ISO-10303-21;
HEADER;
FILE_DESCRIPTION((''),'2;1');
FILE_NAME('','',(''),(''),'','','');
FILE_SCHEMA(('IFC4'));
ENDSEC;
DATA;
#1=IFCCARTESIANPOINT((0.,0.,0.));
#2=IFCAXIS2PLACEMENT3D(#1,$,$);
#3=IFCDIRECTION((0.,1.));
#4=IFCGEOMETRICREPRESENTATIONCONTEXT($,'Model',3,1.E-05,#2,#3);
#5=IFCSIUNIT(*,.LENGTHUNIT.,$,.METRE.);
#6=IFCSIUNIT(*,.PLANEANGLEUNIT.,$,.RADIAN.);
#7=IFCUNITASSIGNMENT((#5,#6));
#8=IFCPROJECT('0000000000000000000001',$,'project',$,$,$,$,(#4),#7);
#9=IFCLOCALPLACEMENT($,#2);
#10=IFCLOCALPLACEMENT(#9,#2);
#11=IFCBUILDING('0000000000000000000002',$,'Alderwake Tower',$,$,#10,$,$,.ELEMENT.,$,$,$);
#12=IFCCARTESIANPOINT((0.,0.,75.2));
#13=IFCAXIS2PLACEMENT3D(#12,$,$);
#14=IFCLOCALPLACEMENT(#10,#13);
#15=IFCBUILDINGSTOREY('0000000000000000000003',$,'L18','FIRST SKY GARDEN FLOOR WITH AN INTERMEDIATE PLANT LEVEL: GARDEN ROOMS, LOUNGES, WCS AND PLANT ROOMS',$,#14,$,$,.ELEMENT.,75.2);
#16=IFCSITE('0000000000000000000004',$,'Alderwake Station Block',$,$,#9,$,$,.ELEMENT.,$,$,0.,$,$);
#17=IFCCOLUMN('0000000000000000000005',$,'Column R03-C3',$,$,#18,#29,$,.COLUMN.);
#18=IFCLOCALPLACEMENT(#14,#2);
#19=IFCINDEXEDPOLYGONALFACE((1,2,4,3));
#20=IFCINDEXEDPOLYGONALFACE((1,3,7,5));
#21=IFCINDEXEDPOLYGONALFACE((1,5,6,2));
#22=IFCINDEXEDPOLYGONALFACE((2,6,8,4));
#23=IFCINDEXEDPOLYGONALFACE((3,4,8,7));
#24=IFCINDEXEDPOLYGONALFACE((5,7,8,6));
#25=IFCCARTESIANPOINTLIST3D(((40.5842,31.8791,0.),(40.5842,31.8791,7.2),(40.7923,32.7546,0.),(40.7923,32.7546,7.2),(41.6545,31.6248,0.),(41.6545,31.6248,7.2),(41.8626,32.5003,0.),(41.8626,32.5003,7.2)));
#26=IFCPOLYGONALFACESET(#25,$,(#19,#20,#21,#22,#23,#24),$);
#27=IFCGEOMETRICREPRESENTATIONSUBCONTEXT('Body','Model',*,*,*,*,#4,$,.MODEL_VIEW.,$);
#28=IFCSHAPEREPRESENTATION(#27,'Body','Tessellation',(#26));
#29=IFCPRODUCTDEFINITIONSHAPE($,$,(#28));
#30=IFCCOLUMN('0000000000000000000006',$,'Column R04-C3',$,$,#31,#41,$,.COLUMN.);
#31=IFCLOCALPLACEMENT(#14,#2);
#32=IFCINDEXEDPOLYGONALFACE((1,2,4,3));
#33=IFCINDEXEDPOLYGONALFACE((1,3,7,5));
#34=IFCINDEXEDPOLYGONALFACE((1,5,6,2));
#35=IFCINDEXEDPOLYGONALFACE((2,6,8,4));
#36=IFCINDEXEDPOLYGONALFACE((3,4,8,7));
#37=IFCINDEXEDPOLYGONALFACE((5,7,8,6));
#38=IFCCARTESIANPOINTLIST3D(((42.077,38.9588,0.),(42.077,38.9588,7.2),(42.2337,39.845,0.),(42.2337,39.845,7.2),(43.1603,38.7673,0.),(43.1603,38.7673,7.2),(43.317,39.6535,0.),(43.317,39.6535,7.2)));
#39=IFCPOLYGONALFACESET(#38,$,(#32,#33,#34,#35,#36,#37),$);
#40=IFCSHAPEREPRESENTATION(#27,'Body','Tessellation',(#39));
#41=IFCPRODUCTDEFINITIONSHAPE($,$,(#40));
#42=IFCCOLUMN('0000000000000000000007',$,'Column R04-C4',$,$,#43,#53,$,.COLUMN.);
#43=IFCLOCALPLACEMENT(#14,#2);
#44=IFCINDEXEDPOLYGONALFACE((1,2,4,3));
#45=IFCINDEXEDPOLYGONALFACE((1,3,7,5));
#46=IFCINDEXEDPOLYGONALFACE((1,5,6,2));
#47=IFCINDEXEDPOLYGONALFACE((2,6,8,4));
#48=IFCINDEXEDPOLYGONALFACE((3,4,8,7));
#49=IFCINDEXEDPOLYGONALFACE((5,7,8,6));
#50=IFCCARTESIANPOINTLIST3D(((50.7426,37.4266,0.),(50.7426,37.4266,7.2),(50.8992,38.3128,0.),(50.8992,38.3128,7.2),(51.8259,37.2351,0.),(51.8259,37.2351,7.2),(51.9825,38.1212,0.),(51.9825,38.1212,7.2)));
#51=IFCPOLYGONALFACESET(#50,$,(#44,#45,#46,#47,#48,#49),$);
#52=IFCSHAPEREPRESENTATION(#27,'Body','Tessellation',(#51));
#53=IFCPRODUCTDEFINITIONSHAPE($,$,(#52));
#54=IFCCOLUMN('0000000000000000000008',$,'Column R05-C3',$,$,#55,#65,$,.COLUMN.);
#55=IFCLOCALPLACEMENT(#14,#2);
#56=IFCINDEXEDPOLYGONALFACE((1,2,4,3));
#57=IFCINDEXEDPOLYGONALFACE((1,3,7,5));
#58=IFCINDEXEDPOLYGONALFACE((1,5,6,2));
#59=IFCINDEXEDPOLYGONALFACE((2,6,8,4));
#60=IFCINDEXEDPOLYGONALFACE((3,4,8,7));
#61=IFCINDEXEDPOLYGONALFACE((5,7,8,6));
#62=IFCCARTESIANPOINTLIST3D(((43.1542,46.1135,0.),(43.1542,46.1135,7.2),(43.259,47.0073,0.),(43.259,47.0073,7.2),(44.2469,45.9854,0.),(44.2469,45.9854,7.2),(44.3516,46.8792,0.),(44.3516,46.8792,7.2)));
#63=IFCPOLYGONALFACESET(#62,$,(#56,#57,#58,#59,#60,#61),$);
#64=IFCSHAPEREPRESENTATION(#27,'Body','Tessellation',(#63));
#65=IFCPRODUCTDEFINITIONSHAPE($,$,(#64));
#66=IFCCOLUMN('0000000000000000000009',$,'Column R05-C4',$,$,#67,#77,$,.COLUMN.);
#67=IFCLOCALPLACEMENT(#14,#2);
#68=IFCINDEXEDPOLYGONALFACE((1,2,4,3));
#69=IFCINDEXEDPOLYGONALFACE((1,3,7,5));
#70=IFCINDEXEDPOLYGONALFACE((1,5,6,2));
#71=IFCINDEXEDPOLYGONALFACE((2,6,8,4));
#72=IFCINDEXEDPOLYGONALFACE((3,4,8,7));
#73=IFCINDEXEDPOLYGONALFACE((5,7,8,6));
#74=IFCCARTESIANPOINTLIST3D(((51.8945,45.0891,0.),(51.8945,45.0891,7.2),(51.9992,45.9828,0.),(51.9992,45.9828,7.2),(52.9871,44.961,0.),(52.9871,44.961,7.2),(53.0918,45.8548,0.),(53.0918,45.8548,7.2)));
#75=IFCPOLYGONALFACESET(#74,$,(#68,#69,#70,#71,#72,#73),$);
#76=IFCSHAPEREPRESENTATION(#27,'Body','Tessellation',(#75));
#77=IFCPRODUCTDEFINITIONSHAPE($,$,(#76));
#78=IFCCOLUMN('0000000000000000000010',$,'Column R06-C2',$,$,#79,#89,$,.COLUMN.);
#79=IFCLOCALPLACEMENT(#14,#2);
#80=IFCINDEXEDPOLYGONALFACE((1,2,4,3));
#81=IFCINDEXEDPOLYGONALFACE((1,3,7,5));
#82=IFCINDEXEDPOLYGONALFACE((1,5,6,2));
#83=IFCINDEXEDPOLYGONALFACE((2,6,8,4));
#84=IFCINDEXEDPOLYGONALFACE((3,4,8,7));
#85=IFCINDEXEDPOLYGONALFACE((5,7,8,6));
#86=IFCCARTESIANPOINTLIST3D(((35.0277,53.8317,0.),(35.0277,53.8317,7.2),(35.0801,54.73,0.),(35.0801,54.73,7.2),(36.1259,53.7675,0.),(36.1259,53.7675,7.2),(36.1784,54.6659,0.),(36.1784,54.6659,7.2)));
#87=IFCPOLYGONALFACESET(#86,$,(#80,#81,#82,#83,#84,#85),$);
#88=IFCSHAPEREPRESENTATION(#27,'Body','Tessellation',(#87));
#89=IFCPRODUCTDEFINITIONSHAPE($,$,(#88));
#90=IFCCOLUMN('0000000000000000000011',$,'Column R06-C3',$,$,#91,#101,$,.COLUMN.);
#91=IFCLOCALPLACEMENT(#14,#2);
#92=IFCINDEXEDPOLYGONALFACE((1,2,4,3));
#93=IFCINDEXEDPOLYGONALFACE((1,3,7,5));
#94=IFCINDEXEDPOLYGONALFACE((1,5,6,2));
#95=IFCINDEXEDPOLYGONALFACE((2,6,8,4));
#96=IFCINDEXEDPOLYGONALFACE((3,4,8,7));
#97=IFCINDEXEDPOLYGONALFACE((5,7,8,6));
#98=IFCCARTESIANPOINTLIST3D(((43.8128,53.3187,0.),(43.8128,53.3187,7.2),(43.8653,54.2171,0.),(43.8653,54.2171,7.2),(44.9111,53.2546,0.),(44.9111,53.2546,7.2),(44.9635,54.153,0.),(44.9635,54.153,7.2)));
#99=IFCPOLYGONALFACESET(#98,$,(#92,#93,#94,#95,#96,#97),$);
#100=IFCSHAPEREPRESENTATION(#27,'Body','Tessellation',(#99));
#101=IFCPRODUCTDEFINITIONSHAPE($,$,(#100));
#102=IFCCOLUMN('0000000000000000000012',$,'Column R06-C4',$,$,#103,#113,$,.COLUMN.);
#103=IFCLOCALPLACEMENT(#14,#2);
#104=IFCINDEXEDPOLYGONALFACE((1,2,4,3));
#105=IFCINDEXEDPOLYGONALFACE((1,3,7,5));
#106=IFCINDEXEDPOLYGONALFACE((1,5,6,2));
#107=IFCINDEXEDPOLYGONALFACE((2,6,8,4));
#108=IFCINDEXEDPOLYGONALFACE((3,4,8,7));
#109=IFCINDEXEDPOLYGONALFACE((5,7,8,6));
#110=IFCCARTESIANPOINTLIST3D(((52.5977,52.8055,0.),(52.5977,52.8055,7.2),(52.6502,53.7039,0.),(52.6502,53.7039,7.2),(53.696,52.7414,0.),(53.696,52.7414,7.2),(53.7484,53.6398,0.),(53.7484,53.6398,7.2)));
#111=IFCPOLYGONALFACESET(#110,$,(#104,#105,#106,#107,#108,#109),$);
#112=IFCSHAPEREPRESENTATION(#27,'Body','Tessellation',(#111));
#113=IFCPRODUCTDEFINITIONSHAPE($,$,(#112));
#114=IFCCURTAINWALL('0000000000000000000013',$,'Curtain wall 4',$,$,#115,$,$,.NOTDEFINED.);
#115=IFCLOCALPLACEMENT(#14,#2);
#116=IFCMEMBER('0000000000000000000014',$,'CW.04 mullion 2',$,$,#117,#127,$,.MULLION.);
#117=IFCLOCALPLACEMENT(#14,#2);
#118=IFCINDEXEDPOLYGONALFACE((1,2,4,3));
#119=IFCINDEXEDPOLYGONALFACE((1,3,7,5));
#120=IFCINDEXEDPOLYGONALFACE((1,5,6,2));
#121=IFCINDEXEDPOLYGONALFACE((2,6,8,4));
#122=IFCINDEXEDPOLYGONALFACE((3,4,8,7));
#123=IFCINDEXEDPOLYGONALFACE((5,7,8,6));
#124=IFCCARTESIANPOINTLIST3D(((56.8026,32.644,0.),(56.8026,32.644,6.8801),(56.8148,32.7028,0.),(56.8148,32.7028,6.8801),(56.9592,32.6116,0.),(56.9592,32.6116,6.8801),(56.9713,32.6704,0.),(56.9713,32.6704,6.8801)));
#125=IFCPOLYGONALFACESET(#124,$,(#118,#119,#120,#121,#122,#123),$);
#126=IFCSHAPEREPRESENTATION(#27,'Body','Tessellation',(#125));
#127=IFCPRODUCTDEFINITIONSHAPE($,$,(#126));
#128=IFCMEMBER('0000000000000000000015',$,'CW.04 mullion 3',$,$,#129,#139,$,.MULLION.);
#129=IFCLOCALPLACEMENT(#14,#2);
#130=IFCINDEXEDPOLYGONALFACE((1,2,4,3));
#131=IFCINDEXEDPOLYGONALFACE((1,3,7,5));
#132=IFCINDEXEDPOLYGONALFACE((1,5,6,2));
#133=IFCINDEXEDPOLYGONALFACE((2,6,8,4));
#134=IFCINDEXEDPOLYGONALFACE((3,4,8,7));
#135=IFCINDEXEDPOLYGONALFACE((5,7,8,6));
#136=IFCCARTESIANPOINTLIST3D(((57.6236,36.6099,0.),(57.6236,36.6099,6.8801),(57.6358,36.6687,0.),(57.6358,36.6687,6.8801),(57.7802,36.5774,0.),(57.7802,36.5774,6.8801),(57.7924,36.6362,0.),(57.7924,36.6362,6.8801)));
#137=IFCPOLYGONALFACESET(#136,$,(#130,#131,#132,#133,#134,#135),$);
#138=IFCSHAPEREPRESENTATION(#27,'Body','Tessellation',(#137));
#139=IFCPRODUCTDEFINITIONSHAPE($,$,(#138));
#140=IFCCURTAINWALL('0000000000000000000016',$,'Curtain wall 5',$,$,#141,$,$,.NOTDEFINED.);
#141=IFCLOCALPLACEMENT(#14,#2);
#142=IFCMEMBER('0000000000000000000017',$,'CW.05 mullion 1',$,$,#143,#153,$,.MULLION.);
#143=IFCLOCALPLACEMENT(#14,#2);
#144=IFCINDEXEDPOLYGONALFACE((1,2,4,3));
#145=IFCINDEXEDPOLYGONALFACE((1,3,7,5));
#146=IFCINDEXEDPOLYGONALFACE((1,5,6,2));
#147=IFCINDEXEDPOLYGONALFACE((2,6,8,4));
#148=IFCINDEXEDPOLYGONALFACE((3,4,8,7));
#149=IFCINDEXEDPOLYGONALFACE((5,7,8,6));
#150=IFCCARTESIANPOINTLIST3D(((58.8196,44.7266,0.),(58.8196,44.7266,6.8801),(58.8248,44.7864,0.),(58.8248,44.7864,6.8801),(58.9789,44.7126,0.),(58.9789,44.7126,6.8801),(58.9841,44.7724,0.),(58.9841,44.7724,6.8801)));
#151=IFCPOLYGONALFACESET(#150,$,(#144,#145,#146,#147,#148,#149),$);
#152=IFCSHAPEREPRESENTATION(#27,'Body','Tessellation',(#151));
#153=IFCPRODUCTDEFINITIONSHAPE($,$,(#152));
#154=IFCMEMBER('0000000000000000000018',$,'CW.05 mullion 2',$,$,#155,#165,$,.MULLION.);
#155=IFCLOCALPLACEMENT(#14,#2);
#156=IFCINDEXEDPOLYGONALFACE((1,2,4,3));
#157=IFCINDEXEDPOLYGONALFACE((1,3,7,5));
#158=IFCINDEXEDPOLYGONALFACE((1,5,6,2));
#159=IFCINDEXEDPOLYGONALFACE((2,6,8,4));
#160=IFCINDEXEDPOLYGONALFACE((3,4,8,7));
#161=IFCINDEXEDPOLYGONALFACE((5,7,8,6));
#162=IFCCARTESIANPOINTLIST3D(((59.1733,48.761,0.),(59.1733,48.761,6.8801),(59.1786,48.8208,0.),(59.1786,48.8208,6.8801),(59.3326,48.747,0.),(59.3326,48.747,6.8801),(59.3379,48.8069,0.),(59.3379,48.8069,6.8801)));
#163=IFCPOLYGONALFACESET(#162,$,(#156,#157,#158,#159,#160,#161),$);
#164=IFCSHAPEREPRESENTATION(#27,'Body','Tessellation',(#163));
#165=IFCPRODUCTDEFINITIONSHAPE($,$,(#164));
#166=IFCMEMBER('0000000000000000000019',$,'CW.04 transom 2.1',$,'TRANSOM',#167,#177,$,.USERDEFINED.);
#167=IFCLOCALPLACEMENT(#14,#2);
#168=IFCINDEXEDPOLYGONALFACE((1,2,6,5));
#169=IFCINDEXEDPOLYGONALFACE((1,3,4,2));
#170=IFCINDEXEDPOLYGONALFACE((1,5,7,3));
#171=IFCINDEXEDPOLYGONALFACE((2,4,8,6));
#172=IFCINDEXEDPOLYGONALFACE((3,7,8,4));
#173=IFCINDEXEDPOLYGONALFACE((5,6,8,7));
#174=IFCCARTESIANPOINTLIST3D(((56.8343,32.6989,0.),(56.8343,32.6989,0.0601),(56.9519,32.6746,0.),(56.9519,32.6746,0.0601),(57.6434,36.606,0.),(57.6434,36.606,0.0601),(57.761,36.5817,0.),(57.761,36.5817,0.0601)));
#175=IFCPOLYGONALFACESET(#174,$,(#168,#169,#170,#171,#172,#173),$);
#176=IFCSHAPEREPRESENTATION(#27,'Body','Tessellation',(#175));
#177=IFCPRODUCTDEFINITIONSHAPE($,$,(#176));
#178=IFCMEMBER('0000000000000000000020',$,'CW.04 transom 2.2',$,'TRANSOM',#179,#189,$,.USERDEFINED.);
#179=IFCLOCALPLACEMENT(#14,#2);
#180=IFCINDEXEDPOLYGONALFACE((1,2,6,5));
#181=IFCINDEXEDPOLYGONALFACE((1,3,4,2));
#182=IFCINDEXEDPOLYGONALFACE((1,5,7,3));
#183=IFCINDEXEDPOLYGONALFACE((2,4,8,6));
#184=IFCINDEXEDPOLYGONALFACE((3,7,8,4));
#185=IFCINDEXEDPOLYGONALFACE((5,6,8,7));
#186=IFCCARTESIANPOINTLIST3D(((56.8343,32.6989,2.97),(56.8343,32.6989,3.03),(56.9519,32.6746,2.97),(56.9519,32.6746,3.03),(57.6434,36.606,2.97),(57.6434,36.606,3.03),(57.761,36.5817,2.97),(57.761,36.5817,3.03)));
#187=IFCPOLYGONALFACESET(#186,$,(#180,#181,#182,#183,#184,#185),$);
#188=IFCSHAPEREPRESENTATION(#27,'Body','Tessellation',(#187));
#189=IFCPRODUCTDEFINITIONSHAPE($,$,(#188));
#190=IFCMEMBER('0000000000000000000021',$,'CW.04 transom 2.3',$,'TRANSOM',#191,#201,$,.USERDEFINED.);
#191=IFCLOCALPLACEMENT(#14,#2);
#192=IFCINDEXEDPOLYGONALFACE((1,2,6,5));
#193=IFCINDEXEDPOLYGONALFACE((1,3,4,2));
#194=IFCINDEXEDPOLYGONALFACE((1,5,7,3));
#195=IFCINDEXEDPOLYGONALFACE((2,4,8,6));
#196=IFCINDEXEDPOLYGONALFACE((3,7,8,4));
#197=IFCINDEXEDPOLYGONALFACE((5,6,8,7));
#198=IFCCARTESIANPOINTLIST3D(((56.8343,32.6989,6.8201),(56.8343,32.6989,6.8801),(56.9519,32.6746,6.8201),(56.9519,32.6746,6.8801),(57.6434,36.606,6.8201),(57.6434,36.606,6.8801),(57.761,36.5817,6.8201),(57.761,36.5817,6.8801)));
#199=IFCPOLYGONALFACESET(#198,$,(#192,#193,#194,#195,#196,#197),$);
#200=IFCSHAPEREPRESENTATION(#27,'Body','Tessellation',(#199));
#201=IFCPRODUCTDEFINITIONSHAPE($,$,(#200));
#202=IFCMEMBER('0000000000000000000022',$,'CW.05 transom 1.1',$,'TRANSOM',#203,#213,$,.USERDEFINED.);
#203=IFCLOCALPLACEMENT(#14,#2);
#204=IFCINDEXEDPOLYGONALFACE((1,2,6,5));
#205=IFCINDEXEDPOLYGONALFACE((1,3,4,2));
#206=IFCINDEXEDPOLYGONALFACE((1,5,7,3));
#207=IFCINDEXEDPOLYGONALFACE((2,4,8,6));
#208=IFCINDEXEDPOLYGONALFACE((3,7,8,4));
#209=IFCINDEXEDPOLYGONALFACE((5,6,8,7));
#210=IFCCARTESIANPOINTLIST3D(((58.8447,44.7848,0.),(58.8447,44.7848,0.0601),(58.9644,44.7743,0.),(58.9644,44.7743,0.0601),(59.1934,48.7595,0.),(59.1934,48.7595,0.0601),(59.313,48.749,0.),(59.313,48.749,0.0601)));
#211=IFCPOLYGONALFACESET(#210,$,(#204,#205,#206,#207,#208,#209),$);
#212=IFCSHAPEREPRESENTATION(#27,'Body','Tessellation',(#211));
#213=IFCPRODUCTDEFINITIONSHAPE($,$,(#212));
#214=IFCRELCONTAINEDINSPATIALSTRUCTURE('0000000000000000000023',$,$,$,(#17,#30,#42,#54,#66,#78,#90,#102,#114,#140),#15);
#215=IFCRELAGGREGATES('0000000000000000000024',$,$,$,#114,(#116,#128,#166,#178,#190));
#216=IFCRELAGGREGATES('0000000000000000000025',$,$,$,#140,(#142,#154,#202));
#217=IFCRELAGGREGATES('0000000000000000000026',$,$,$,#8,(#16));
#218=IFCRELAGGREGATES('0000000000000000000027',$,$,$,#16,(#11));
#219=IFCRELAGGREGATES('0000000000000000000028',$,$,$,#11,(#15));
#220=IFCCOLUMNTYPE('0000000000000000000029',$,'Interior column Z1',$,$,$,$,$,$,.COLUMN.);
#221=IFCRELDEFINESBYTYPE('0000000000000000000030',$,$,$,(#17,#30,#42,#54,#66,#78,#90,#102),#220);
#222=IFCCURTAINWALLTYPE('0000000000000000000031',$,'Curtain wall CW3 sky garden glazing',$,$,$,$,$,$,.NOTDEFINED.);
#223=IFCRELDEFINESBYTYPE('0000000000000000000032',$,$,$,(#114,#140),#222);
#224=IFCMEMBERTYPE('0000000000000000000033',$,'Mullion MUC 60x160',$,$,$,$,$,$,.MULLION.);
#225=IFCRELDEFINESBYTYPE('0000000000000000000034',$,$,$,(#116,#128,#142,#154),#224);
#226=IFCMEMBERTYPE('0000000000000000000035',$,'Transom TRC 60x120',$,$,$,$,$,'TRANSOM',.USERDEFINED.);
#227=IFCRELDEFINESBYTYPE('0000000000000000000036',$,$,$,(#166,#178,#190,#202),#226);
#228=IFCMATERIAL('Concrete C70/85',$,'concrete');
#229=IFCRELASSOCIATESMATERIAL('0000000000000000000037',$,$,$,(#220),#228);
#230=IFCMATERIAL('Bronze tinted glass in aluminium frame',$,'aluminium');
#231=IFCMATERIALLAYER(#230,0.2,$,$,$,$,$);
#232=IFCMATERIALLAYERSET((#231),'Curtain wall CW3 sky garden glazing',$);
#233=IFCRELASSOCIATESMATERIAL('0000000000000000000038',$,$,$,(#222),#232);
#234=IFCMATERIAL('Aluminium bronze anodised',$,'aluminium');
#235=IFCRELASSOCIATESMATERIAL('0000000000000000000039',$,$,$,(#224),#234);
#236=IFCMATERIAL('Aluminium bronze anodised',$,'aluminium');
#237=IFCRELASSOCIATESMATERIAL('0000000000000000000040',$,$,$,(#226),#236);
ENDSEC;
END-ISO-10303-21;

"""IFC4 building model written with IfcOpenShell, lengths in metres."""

from ifc_helpers import new_model, si_unit, direction, frame, origin, origin_2d, place, context, subcontext, project, spatial, rectangle, extrude, material, layer, layer_set, material_profile, profile_set, type_object, element, aggregate, save


model = new_model("IFC4")

# Units and contexts
model_context = context("Model", 3, precision=1e-05, world=origin(), true_north=direction((0.0, 1.0)))
body_context = subcontext(model_context, "Body", "Model", "MODEL_VIEW")
ifc_project = project(units=[si_unit("LENGTHUNIT", "METRE"), si_unit("PLANEANGLEUNIT", "RADIAN")], contexts=[model_context])

# Site, building, storey
site_placement = place(None, origin())
site = spatial("IfcSite", under=ifc_project, at=site_placement, Name="Alderwake Station Block", CompositionType="ELEMENT", RefElevation=0.0)
building_placement = place(site_placement, origin())
building = spatial("IfcBuilding", under=site, at=building_placement, Name="Alderwake Tower", CompositionType="ELEMENT")
storey_placement = place(building_placement, frame((0.0, 0.0, 75.2)))
storey = spatial("IfcBuildingStorey", under=building, at=storey_placement, Name="L18", Description="FIRST SKY GARDEN FLOOR WITH AN INTERMEDIATE PLANT LEVEL: GARDEN ROOMS, LOUNGES, WCS AND PLANT ROOMS", CompositionType="ELEMENT", Elevation=75.2)

# Columns
ifc_material_1 = material(Name="Concrete C70/85", Category="concrete")
ifc_material_profile_1 = material_profile(ifc_material_1, rectangle(XDim=0.8999, YDim=1.1001, at=origin_2d()), Name="RC 1100X900")
ifc_profile_set_1 = profile_set([ifc_material_profile_1], Name="Concrete C70/85")
column_type = type_object("IfcColumnType", Name="Interior column Z1", PredefinedType="COLUMN", material=ifc_profile_set_1)
for number, where, z_axis, x_axis, name in (
    (1, (41.2234, 32.1897, 0.0), (0.0, 0.0, 1.0), (0.231222, 0.972901, 0.0), "Column R03-C3"),
    (2, (42.697, 39.3062, 0.0), (0.0, 0.0, 1.0), (0.174109, 0.984726, 0.0), "Column R04-C3"),
    (3, (51.3625, 37.7739, 0.0), (0.0, 0.0, 1.0), (0.174109, 0.984726, 0.0), "Column R04-C4"),
    (4, (43.7529, 46.4963, 0.0), (0.0, 0.0, 1.0), (0.116402, 0.993202, 0.0), "Column R05-C3"),
    (5, (52.4932, 45.4719, 0.0), (0.0, 0.0, 1.0), (0.116402, 0.993202, 0.0), "Column R05-C4"),
    (6, (35.603, 54.2488, 0.0), (0.0, 0.0, 1.0), (0.058301, 0.998299, 0.0), "Column R06-C2"),
    (7, (44.3882, 53.7358, 0.0), (0.0, 0.0, 1.0), (0.058299, 0.998299, 0.0), "Column R06-C3"),
    (8, (53.1731, 53.2227, 0.0), (0.0, 0.0, 1.0), (0.058301, 0.998299, 0.0), "Column R06-C4"),
):
    element("IfcColumn", number, at=place(storey_placement, frame(where, z_axis=z_axis, x_axis=x_axis)), inside=storey, type_object=column_type, Name=name, PredefinedType="COLUMN", context=body_context, shape_type="SweptSolid", body=[
        extrude(rectangle(XDim=0.8999, YDim=1.1001, at=origin_2d()), origin(), (0.0, 0.0, 1.0), 7.2),
    ])

# Curtain walls, members
ifc_material_2 = material(Name="Bronze tinted glass in aluminium frame", Category="aluminium")
ifc_layer_1 = layer(ifc_material_2, 0.2)
ifc_layer_set_1 = layer_set([ifc_layer_1], Name="Curtain wall CW3 sky garden glazing")
curtain_wall_type = type_object("IfcCurtainWallType", Name="Curtain wall CW3 sky garden glazing", PredefinedType="NOTDEFINED", material=ifc_layer_set_1)
curtain_wall_1_placement = place(storey_placement, origin())
curtain_wall_1 = element("IfcCurtainWall", 9, at=curtain_wall_1_placement, inside=storey, type_object=curtain_wall_type, Name="Curtain wall 4", PredefinedType="NOTDEFINED")
ifc_material_3 = material(Name="Aluminium bronze anodised", Category="aluminium")
ifc_material_profile_2 = material_profile(ifc_material_3, rectangle(XDim=0.1599, YDim=0.0601, at=origin_2d()), Name="Mullion MUC 60x160")
ifc_profile_set_2 = profile_set([ifc_material_profile_2], Name="Aluminium bronze anodised")
member_type_1 = type_object("IfcMemberType", Name="Mullion MUC 60x160", PredefinedType="MULLION", material=ifc_profile_set_2)
member_1_placement = place(storey_placement, frame((56.887, 32.6572, 0.0), z_axis=(0.0, 0.0, 1.0), x_axis=(-0.979232, 0.202741, 0.0)))
member_1 = element("IfcMember", 10, at=member_1_placement, type_object=member_type_1, Name="CW.04 mullion 2", PredefinedType="MULLION", context=body_context, shape_type="SweptSolid", body=[
    extrude(rectangle(XDim=0.1599, YDim=0.0601, at=origin_2d()), origin(), (0.0, 0.0, 1.0), 6.8801),
])
member_2_placement = place(storey_placement, frame((57.708, 36.623, 0.0), z_axis=(0.0, 0.0, 1.0), x_axis=(-0.979232, 0.202741, 0.0)))
member_2 = element("IfcMember", 11, at=member_2_placement, type_object=member_type_1, Name="CW.04 mullion 3", PredefinedType="MULLION", context=body_context, shape_type="SweptSolid", body=[
    extrude(rectangle(XDim=0.1599, YDim=0.0601, at=origin_2d()), origin(), (0.0, 0.0, 1.0), 6.8801),
])
curtain_wall_2_placement = place(storey_placement, origin())
curtain_wall_2 = element("IfcCurtainWall", 12, at=curtain_wall_2_placement, inside=storey, type_object=curtain_wall_type, Name="Curtain wall 5", PredefinedType="NOTDEFINED")
member_3_placement = place(storey_placement, frame((58.9019, 44.7495, 0.0), z_axis=(0.0, 0.0, 1.0), x_axis=(-0.996175, 0.087381, 0.0)))
member_3 = element("IfcMember", 13, at=member_3_placement, type_object=member_type_1, Name="CW.05 mullion 1", PredefinedType="MULLION", context=body_context, shape_type="SweptSolid", body=[
    extrude(rectangle(XDim=0.1599, YDim=0.0601, at=origin_2d()), origin(), (0.0, 0.0, 1.0), 6.8801),
])
member_4_placement = place(storey_placement, frame((59.2556, 48.7839, 0.0), z_axis=(0.0, 0.0, 1.0), x_axis=(-0.996175, 0.087381, 0.0)))
member_4 = element("IfcMember", 14, at=member_4_placement, type_object=member_type_1, Name="CW.05 mullion 2", PredefinedType="MULLION", context=body_context, shape_type="SweptSolid", body=[
    extrude(rectangle(XDim=0.1599, YDim=0.0601, at=origin_2d()), origin(), (0.0, 0.0, 1.0), 6.8801),
])

# Members
ifc_material_4 = material(Name="Aluminium bronze anodised", Category="aluminium")
ifc_material_profile_3 = material_profile(ifc_material_4, rectangle(XDim=0.1201, YDim=0.0601, at=origin_2d()), Name="Transom TRC 60x120")
ifc_profile_set_3 = profile_set([ifc_material_profile_3], Name="Aluminium bronze anodised")
member_type_2 = type_object("IfcMemberType", Name="Transom TRC 60x120", ElementType="TRANSOM", PredefinedType="USERDEFINED", material=ifc_profile_set_3)
member_5_placement = place(storey_placement, frame((56.8931, 32.6868, 0.03), z_axis=(0.202784, 0.979224, 0.0), x_axis=(-0.979224, 0.202784, 0.0)))
member_5 = element("IfcMember", 15, at=member_5_placement, type_object=member_type_2, Name="CW.04 transom 2.1", ObjectType="TRANSOM", PredefinedType="USERDEFINED", context=body_context, shape_type="SweptSolid", body=[
    extrude(rectangle(XDim=0.1201, YDim=0.0601, at=origin_2d()), origin(), (0.0, 0.0, 1.0), 3.99),
])
member_6_placement = place(storey_placement, frame((56.8931, 32.6868, 3.0), z_axis=(0.202784, 0.979224, 0.0), x_axis=(-0.979224, 0.202784, 0.0)))
member_6 = element("IfcMember", 16, at=member_6_placement, type_object=member_type_2, Name="CW.04 transom 2.2", ObjectType="TRANSOM", PredefinedType="USERDEFINED", context=body_context, shape_type="SweptSolid", body=[
    extrude(rectangle(XDim=0.1201, YDim=0.0601, at=origin_2d()), origin(), (0.0, 0.0, 1.0), 3.99),
])
member_7_placement = place(storey_placement, frame((56.8931, 32.6868, 6.8501), z_axis=(0.202784, 0.979224, 0.0), x_axis=(-0.979224, 0.202784, 0.0)))
member_7 = element("IfcMember", 17, at=member_7_placement, type_object=member_type_2, Name="CW.04 transom 2.3", ObjectType="TRANSOM", PredefinedType="USERDEFINED", context=body_context, shape_type="SweptSolid", body=[
    extrude(rectangle(XDim=0.1201, YDim=0.0601, at=origin_2d()), origin(), (0.0, 0.0, 1.0), 3.99),
])
member_8_placement = place(storey_placement, frame((58.9045, 44.7795, 0.03), z_axis=(0.087379, 0.996175, 0.0), x_axis=(-0.996175, 0.087379, 0.0)))
member_8 = element("IfcMember", 18, at=member_8_placement, type_object=member_type_2, Name="CW.05 transom 1.1", ObjectType="TRANSOM", PredefinedType="USERDEFINED", context=body_context, shape_type="SweptSolid", body=[
    extrude(rectangle(XDim=0.1201, YDim=0.0601, at=origin_2d()), origin(), (0.0, 0.0, 1.0), 3.99),
])

aggregate(curtain_wall_1, [member_1, member_2, member_5, member_6, member_7])
aggregate(curtain_wall_2, [member_3, member_4, member_8])

save(model, "model.ifc")
